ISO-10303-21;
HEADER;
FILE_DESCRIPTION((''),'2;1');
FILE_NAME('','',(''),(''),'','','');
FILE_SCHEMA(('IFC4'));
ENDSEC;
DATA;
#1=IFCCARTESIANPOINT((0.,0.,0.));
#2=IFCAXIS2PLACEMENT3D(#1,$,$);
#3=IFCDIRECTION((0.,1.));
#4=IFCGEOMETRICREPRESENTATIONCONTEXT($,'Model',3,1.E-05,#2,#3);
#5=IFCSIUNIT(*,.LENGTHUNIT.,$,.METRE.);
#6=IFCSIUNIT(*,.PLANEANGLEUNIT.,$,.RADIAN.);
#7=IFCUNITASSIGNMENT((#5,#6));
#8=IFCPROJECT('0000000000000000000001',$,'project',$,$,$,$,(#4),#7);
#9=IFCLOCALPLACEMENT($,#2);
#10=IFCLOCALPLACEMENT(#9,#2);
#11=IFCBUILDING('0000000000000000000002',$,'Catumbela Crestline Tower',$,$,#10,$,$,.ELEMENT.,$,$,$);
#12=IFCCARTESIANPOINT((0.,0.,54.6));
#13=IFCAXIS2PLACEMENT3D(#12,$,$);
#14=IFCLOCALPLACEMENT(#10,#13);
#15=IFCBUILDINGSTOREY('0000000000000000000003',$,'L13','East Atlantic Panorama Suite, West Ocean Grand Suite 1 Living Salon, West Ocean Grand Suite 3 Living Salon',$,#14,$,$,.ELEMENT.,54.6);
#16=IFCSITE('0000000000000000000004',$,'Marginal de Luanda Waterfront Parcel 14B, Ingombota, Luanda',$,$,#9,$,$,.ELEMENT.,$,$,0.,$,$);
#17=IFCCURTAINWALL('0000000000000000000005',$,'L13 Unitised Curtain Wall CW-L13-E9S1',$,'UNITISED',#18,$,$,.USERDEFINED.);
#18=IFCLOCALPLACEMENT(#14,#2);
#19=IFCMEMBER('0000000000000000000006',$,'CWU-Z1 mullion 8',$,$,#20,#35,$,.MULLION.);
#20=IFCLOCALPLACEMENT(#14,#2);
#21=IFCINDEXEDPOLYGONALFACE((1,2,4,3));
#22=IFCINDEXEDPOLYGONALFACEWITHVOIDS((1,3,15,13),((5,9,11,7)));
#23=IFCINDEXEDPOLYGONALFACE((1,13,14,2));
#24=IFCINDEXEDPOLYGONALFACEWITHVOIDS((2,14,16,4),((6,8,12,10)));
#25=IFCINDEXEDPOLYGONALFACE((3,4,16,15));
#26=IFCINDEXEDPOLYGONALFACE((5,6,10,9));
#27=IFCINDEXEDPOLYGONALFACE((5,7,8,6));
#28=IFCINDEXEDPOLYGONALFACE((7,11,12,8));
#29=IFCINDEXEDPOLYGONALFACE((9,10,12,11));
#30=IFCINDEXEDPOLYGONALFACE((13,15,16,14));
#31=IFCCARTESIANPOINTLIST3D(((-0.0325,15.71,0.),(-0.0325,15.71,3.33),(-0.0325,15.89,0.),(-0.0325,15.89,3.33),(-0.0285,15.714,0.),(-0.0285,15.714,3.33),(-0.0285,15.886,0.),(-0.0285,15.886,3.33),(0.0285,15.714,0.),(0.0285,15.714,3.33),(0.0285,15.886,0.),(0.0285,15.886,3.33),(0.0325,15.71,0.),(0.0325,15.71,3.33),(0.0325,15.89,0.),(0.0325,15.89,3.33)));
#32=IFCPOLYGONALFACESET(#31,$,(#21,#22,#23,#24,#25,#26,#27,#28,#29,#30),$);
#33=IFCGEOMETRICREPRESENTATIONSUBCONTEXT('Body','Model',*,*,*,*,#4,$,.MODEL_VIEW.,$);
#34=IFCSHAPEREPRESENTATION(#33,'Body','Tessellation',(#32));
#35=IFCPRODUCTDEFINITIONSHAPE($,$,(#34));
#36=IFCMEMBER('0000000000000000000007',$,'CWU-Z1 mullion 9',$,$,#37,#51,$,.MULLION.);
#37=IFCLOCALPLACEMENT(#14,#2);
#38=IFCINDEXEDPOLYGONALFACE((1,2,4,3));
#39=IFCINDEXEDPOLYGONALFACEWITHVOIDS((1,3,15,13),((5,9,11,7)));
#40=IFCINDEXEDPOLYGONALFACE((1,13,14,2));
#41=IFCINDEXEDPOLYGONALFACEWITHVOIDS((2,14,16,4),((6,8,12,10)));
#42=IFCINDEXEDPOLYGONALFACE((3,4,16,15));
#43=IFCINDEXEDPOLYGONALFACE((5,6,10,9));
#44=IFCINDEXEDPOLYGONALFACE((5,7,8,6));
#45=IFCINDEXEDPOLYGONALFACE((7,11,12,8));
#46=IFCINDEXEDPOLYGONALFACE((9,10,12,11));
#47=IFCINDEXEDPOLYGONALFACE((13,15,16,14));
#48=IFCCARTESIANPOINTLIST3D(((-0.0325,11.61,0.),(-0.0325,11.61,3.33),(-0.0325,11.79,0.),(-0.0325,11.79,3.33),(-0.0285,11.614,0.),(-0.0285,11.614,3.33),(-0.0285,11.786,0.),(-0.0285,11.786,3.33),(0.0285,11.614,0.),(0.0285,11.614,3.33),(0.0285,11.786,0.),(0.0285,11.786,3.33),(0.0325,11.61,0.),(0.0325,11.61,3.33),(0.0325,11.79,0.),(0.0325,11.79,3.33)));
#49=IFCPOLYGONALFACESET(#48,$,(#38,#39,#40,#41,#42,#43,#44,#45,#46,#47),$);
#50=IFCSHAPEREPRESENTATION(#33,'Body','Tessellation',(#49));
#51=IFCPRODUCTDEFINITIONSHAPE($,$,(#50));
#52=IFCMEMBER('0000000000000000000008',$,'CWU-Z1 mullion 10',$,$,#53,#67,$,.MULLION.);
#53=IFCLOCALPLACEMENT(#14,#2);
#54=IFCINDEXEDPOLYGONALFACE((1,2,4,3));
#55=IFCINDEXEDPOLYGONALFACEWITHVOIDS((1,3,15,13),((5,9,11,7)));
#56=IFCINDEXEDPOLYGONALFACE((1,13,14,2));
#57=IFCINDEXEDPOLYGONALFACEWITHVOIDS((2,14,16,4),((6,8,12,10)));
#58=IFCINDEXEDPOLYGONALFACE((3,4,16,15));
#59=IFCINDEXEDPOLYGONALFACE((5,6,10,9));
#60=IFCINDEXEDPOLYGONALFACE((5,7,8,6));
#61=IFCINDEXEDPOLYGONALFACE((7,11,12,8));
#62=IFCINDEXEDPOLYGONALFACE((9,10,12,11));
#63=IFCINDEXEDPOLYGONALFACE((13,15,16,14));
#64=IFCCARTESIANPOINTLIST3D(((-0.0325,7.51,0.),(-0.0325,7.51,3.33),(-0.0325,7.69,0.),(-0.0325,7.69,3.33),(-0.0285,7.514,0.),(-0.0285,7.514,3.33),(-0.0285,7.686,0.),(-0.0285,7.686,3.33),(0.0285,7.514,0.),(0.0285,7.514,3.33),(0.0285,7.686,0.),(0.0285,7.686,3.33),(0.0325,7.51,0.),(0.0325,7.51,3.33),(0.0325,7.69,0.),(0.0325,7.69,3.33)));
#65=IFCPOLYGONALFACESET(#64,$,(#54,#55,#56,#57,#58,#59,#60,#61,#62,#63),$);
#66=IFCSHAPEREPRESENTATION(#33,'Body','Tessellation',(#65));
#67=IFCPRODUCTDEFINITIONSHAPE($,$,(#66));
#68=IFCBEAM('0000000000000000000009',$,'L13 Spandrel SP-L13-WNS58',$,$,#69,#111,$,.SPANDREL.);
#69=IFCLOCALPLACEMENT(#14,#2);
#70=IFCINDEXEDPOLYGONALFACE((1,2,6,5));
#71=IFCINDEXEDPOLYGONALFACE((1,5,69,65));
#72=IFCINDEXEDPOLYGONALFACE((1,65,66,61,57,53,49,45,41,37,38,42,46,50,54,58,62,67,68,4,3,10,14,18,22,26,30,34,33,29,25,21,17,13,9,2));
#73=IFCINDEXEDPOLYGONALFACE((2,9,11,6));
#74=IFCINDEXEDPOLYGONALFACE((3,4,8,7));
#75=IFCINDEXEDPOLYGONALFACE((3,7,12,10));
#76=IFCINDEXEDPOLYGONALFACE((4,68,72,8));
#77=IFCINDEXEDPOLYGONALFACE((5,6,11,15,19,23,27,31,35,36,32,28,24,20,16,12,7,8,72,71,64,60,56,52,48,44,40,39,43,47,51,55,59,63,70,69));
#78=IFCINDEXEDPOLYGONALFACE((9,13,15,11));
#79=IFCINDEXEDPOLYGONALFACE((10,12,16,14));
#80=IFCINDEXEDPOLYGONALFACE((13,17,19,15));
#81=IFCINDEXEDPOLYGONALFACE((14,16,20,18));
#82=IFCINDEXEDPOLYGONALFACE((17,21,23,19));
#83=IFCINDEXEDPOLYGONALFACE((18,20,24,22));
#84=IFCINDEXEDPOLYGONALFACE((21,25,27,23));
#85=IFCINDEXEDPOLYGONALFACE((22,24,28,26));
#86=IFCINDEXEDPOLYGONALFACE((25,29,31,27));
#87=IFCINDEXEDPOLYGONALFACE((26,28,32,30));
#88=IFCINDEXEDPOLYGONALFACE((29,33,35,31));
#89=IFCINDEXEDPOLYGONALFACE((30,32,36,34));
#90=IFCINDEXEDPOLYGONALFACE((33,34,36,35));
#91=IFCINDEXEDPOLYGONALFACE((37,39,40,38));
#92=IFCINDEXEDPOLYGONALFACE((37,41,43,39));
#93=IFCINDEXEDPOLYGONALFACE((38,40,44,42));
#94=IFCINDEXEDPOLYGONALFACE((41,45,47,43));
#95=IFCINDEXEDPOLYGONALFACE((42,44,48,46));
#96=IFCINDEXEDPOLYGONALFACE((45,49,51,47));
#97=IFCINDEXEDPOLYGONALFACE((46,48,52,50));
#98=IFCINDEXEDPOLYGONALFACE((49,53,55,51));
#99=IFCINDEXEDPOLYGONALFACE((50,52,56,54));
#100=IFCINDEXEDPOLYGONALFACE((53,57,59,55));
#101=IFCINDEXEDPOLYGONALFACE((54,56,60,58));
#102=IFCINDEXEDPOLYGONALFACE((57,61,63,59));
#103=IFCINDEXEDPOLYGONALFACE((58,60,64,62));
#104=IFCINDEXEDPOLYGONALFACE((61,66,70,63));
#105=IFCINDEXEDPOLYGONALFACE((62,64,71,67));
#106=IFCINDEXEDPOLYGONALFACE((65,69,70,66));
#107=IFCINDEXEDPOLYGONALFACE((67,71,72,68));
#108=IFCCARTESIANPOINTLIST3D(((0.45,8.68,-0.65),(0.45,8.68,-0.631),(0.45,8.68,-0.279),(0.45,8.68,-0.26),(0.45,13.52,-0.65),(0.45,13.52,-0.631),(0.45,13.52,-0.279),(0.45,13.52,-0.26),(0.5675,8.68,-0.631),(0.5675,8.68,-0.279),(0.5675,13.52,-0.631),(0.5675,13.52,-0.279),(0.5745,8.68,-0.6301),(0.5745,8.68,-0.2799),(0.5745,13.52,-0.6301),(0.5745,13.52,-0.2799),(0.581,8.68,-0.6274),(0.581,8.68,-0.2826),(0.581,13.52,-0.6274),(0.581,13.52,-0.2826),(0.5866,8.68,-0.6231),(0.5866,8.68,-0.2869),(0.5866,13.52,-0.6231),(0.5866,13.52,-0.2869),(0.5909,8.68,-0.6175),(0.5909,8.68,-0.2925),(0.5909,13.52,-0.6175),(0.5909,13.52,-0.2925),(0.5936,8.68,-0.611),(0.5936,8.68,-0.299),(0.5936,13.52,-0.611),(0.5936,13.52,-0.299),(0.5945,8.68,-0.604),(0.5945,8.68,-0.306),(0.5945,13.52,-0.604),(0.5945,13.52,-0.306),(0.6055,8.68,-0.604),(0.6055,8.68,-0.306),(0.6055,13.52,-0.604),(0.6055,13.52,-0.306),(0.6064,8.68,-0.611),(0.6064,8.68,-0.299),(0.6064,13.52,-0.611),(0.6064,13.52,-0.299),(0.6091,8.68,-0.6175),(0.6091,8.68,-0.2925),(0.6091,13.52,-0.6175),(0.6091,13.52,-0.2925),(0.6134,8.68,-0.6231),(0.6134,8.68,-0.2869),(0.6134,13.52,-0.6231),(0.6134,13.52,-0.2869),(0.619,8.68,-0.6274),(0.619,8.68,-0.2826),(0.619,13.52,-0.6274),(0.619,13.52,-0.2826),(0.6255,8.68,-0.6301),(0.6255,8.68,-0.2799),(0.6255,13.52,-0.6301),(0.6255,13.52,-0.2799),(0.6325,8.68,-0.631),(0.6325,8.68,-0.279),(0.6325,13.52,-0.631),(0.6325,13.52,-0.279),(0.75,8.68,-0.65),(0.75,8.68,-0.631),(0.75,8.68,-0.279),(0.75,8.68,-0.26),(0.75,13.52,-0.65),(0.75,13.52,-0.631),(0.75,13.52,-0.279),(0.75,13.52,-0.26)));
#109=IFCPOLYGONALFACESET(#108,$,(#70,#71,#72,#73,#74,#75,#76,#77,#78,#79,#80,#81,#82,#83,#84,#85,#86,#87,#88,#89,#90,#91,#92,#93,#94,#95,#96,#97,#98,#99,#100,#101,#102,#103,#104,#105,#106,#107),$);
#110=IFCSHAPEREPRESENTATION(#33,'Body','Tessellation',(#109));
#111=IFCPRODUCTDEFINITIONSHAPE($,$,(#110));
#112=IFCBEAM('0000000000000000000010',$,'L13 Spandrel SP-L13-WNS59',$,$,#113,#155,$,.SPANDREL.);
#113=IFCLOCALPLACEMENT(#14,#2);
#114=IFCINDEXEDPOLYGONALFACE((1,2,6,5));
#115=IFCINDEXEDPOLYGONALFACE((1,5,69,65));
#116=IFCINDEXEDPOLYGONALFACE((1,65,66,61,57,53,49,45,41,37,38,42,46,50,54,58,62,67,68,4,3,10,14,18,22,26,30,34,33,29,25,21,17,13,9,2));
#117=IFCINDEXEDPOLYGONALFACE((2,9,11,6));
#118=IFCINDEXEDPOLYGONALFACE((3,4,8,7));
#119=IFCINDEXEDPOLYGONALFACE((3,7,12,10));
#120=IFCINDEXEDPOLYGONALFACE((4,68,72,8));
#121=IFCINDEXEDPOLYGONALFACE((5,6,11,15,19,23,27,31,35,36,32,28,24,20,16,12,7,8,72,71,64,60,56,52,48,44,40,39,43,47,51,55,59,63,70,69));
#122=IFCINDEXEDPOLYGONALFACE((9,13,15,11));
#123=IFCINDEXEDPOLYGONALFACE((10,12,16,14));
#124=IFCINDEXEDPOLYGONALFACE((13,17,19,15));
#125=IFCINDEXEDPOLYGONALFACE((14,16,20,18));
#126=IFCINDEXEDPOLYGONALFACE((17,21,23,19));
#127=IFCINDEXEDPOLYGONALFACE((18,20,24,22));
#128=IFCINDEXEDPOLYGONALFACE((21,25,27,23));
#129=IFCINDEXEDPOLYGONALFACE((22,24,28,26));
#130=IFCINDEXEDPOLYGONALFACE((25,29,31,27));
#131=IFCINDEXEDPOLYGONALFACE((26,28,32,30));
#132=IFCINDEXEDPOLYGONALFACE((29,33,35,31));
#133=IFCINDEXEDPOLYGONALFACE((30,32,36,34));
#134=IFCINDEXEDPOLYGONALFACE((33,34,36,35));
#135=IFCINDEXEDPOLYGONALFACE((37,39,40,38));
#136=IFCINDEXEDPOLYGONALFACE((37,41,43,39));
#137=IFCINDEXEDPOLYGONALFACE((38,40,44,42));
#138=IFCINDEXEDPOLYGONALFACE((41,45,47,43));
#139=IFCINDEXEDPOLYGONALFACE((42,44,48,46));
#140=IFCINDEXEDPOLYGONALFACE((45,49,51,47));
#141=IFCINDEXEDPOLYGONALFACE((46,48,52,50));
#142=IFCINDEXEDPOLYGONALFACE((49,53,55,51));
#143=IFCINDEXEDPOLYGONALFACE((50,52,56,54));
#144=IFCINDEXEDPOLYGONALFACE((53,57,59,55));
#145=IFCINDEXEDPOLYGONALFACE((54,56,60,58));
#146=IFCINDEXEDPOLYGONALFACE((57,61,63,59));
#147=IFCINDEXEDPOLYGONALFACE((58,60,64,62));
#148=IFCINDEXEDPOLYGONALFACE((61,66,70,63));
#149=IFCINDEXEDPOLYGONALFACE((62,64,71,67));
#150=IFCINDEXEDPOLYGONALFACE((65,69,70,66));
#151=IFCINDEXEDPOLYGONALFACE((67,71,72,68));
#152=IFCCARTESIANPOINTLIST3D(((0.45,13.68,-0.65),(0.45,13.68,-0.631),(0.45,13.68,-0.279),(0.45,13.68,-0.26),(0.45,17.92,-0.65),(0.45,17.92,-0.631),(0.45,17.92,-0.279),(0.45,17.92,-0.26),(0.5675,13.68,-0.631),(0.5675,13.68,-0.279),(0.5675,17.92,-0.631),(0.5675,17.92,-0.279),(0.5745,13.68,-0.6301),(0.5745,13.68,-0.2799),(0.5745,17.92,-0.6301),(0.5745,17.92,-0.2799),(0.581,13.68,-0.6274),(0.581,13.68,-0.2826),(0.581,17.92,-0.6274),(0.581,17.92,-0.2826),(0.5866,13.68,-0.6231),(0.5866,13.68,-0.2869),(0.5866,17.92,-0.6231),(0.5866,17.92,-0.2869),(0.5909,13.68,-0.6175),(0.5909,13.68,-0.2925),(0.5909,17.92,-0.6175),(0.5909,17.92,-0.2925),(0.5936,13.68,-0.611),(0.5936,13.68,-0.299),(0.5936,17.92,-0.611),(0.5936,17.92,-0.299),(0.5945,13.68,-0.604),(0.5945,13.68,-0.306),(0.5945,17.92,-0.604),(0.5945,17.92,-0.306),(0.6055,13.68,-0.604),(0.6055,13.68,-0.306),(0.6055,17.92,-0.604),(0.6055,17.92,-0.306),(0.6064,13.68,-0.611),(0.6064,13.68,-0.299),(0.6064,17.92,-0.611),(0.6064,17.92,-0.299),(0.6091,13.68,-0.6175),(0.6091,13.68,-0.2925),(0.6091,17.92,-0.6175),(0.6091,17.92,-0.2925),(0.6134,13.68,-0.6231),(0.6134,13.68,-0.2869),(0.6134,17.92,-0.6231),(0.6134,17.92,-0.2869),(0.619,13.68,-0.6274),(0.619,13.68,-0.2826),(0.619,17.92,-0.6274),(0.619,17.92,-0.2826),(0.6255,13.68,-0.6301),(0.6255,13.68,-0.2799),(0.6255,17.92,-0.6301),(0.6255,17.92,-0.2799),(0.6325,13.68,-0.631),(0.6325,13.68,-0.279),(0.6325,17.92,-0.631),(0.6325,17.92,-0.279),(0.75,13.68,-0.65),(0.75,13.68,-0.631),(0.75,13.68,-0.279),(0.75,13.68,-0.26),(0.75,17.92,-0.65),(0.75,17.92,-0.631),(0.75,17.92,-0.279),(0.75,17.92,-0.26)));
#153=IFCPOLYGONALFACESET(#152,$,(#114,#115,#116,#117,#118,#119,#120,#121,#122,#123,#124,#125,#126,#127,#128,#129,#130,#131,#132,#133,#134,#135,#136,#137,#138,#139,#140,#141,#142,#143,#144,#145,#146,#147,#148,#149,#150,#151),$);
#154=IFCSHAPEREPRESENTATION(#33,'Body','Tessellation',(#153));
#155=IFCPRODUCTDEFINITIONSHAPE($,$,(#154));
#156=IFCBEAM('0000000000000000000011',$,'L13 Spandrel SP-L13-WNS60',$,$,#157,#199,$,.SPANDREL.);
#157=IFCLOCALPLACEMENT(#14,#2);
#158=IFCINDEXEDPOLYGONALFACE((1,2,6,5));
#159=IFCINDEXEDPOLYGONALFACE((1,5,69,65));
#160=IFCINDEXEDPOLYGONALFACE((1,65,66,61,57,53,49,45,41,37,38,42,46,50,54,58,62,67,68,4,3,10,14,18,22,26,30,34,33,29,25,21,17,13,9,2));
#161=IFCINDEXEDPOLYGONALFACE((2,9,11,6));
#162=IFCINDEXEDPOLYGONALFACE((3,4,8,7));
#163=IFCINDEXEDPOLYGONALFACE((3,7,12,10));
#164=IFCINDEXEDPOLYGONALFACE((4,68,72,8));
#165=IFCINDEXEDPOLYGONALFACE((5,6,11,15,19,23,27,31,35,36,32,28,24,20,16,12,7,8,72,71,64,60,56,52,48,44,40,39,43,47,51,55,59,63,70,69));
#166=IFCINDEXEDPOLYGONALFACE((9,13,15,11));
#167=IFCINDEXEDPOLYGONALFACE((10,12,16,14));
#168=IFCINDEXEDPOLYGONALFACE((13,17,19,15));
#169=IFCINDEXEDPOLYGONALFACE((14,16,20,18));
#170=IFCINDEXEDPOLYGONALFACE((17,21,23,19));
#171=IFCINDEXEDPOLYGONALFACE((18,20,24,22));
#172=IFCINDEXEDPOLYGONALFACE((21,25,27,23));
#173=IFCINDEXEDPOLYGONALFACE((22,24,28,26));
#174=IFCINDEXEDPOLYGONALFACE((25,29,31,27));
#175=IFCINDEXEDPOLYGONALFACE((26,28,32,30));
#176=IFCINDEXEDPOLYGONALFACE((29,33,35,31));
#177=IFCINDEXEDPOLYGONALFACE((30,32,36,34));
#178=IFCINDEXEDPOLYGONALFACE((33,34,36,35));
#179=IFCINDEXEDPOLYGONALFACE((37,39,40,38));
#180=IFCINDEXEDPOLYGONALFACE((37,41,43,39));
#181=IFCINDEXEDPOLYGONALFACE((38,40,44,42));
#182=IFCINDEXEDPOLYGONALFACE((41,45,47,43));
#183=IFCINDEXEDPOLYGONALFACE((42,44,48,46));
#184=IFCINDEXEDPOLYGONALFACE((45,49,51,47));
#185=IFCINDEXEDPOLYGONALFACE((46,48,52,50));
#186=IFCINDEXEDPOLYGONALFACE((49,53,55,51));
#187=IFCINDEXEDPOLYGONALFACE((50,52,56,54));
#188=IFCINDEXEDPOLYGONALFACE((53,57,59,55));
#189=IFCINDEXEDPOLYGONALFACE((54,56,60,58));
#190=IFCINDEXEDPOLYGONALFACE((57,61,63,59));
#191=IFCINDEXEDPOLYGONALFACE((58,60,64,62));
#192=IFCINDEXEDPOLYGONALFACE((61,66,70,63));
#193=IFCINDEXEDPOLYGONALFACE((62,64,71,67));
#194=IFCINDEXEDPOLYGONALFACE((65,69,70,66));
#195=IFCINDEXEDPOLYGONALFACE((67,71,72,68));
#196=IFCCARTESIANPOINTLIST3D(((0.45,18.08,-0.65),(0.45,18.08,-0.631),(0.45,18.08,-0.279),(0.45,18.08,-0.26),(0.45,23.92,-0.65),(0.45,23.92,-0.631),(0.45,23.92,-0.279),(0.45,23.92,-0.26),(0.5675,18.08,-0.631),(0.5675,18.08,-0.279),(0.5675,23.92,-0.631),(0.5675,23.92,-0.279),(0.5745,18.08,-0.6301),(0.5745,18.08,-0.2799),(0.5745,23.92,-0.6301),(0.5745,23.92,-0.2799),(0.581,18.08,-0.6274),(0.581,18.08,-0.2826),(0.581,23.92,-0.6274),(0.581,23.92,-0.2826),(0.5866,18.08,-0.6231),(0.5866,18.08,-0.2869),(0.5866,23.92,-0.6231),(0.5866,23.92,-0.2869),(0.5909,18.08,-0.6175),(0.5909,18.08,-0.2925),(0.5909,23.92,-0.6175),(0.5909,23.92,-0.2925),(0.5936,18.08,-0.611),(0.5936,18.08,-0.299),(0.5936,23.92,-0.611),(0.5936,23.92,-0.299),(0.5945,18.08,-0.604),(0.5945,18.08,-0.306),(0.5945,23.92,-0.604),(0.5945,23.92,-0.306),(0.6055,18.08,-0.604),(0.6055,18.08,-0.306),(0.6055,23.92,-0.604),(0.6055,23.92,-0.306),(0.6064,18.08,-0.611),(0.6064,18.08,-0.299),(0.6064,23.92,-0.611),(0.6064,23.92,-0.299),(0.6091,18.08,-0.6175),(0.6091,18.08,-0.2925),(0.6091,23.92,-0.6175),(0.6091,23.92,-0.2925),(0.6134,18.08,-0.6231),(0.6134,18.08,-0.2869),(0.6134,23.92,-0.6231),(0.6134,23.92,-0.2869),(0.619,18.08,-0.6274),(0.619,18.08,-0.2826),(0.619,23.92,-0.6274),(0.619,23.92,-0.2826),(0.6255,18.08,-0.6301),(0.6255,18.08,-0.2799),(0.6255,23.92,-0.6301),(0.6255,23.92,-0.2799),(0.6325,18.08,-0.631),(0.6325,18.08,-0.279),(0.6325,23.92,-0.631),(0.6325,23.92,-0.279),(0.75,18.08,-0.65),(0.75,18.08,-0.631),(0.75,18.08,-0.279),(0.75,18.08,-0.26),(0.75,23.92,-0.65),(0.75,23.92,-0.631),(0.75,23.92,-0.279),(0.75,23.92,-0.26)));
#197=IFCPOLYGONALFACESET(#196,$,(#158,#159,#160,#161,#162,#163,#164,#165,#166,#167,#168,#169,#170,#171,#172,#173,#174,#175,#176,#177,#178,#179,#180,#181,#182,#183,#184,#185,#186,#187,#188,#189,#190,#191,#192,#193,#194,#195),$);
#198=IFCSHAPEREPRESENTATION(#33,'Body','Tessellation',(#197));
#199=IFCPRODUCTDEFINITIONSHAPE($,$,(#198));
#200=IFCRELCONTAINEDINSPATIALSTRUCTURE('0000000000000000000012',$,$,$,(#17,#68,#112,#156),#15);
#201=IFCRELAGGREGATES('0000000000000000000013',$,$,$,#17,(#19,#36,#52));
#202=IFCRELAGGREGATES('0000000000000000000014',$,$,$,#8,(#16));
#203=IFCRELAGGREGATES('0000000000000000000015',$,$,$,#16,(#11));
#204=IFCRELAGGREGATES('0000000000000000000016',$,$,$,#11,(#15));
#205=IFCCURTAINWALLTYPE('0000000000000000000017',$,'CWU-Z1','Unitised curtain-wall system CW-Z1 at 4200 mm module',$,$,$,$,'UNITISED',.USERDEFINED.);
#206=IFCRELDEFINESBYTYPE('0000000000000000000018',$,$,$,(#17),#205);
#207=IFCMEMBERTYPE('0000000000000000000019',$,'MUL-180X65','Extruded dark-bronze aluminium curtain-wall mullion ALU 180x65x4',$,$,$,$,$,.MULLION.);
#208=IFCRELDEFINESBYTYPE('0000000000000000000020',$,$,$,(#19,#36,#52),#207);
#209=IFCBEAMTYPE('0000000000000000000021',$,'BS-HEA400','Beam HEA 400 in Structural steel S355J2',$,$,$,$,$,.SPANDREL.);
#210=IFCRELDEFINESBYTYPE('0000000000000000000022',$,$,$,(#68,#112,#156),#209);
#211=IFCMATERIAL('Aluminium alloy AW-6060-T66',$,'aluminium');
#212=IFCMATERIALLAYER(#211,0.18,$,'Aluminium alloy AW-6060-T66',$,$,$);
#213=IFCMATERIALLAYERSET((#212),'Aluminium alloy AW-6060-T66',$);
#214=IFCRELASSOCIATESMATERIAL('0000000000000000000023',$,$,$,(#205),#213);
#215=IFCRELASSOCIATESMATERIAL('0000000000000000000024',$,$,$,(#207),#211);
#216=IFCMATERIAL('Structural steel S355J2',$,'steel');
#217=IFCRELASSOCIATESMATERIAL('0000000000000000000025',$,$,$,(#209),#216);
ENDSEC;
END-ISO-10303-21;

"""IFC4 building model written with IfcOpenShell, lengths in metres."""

from ifc_helpers import new_model, si_unit, direction, frame, origin, origin_2d, place, context, subcontext, project, spatial, hollow_rectangle, i_section, extrude, material, layer, layer_set, material_profile, profile_set, type_object, element, aggregate, save


model = new_model("IFC4")

# Units and contexts
model_context = context("Model", 3, precision=1e-05, world=origin(), true_north=direction((0.0, 1.0)))
body_context = subcontext(model_context, "Body", "Model", "MODEL_VIEW")
ifc_project = project(units=[si_unit("LENGTHUNIT", "METRE"), si_unit("PLANEANGLEUNIT", "RADIAN")], contexts=[model_context])

# Site, building, storey
site_placement = place(None, origin())
site = spatial("IfcSite", under=ifc_project, at=site_placement, Name="Marginal de Luanda Waterfront Parcel 14B, Ingombota, Luanda", CompositionType="ELEMENT", RefElevation=0.0)
building_placement = place(site_placement, origin())
building = spatial("IfcBuilding", under=site, at=building_placement, Name="Catumbela Crestline Tower", CompositionType="ELEMENT")
storey_placement = place(building_placement, frame((0.0, 0.0, 54.6)))
storey = spatial("IfcBuildingStorey", under=building, at=storey_placement, Name="L13", Description="East Atlantic Panorama Suite, West Ocean Grand Suite 1 Living Salon, West Ocean Grand Suite 3 Living Salon", CompositionType="ELEMENT", Elevation=54.6)

# Shared definitions
ifc_material_1 = material(Name="Structural steel S355J2", Category="steel")

# Curtain wall, members
ifc_material_2 = material(Name="Aluminium alloy AW-6060-T66", Category="aluminium")
ifc_layer_1 = layer(ifc_material_2, 0.18, Name="Aluminium alloy AW-6060-T66")
ifc_layer_set_1 = layer_set([ifc_layer_1], Name="Aluminium alloy AW-6060-T66")
curtain_wall_type = type_object("IfcCurtainWallType", Name="CWU-Z1", Description="Unitised curtain-wall system CW-Z1 at 4200 mm module", ElementType="UNITISED", PredefinedType="USERDEFINED", material=ifc_layer_set_1)
curtain_wall_placement = place(storey_placement, origin())
curtain_wall = element("IfcCurtainWall", 1, at=curtain_wall_placement, inside=storey, type_object=curtain_wall_type, Name="L13 Unitised Curtain Wall CW-L13-E9S1", ObjectType="UNITISED", PredefinedType="USERDEFINED")
ifc_material_profile_1 = material_profile(ifc_material_2, hollow_rectangle(XDim=0.065, YDim=0.18, WallThickness=0.004, at=origin_2d()), Name="ALU 180x65x4")
ifc_profile_set_1 = profile_set([ifc_material_profile_1], Name="Aluminium alloy AW-6060-T66")
member_type_1 = type_object("IfcMemberType", Name="MUL-180X65", Description="Extruded dark-bronze aluminium curtain-wall mullion ALU 180x65x4", PredefinedType="MULLION", material=ifc_profile_set_1)
member_1_placement = place(storey_placement, frame((0.0, 15.8, 0.0), z_axis=(0.0, 0.0, 1.0), x_axis=(1.0, 0.0, 0.0)))
member_1 = element("IfcMember", 2, at=member_1_placement, type_object=member_type_1, Name="CWU-Z1 mullion 8", PredefinedType="MULLION", context=body_context, shape_type="SweptSolid", body=[
    extrude(hollow_rectangle(XDim=0.065, YDim=0.18, WallThickness=0.004, at=origin_2d()), origin(), (0.0, 0.0, 1.0), 3.33),
])
member_2_placement = place(storey_placement, frame((0.0, 11.7, 0.0), z_axis=(0.0, 0.0, 1.0), x_axis=(1.0, 0.0, 0.0)))
member_2 = element("IfcMember", 3, at=member_2_placement, type_object=member_type_1, Name="CWU-Z1 mullion 9", PredefinedType="MULLION", context=body_context, shape_type="SweptSolid", body=[
    extrude(hollow_rectangle(XDim=0.065, YDim=0.18, WallThickness=0.004, at=origin_2d()), origin(), (0.0, 0.0, 1.0), 3.33),
])
member_3_placement = place(storey_placement, frame((0.0, 7.6, 0.0), z_axis=(0.0, 0.0, 1.0), x_axis=(1.0, 0.0, 0.0)))
member_3 = element("IfcMember", 4, at=member_3_placement, type_object=member_type_1, Name="CWU-Z1 mullion 10", PredefinedType="MULLION", context=body_context, shape_type="SweptSolid", body=[
    extrude(hollow_rectangle(XDim=0.065, YDim=0.18, WallThickness=0.004, at=origin_2d()), origin(), (0.0, 0.0, 1.0), 3.33),
])

# Beams
ifc_material_profile_2 = material_profile(ifc_material_1, i_section(OverallWidth=0.3, OverallDepth=0.39, WebThickness=0.011, FlangeThickness=0.019, FilletRadius=0.027, at=origin_2d()), Name="HEA 400")
ifc_profile_set_2 = profile_set([ifc_material_profile_2], Name="Structural steel S355J2")
beam_type_1 = type_object("IfcBeamType", Name="BS-HEA400", Description="Beam HEA 400 in Structural steel S355J2", PredefinedType="SPANDREL", material=ifc_profile_set_2)
beam_1_placement = place(storey_placement, frame((0.6, 8.68, -0.455), z_axis=(0.0, 1.0, 0.0), x_axis=(-1.0, 0.0, 0.0)))
element("IfcBeam", 5, at=beam_1_placement, inside=storey, type_object=beam_type_1, Name="L13 Spandrel SP-L13-WNS58", PredefinedType="SPANDREL", context=body_context, shape_type="SweptSolid", body=[
    extrude(i_section(OverallWidth=0.3, OverallDepth=0.39, WebThickness=0.011, FlangeThickness=0.019, FilletRadius=0.027, at=origin_2d()), origin(), (0.0, 0.0, 1.0), 4.84),
])
beam_2_placement = place(storey_placement, frame((0.6, 13.68, -0.455), z_axis=(0.0, 1.0, 0.0), x_axis=(-1.0, 0.0, 0.0)))
element("IfcBeam", 6, at=beam_2_placement, inside=storey, type_object=beam_type_1, Name="L13 Spandrel SP-L13-WNS59", PredefinedType="SPANDREL", context=body_context, shape_type="SweptSolid", body=[
    extrude(i_section(OverallWidth=0.3, OverallDepth=0.39, WebThickness=0.011, FlangeThickness=0.019, FilletRadius=0.027, at=origin_2d()), origin(), (0.0, 0.0, 1.0), 4.24),
])
beam_3_placement = place(storey_placement, frame((0.6, 18.08, -0.455), z_axis=(0.0, 1.0, 0.0), x_axis=(-1.0, 0.0, 0.0)))
element("IfcBeam", 7, at=beam_3_placement, inside=storey, type_object=beam_type_1, Name="L13 Spandrel SP-L13-WNS60", PredefinedType="SPANDREL", context=body_context, shape_type="SweptSolid", body=[
    extrude(i_section(OverallWidth=0.3, OverallDepth=0.39, WebThickness=0.011, FlangeThickness=0.019, FilletRadius=0.027, at=origin_2d()), origin(), (0.0, 0.0, 1.0), 5.84),
])

aggregate(curtain_wall, [member_1, member_2, member_3])

save(model, "model.ifc")
